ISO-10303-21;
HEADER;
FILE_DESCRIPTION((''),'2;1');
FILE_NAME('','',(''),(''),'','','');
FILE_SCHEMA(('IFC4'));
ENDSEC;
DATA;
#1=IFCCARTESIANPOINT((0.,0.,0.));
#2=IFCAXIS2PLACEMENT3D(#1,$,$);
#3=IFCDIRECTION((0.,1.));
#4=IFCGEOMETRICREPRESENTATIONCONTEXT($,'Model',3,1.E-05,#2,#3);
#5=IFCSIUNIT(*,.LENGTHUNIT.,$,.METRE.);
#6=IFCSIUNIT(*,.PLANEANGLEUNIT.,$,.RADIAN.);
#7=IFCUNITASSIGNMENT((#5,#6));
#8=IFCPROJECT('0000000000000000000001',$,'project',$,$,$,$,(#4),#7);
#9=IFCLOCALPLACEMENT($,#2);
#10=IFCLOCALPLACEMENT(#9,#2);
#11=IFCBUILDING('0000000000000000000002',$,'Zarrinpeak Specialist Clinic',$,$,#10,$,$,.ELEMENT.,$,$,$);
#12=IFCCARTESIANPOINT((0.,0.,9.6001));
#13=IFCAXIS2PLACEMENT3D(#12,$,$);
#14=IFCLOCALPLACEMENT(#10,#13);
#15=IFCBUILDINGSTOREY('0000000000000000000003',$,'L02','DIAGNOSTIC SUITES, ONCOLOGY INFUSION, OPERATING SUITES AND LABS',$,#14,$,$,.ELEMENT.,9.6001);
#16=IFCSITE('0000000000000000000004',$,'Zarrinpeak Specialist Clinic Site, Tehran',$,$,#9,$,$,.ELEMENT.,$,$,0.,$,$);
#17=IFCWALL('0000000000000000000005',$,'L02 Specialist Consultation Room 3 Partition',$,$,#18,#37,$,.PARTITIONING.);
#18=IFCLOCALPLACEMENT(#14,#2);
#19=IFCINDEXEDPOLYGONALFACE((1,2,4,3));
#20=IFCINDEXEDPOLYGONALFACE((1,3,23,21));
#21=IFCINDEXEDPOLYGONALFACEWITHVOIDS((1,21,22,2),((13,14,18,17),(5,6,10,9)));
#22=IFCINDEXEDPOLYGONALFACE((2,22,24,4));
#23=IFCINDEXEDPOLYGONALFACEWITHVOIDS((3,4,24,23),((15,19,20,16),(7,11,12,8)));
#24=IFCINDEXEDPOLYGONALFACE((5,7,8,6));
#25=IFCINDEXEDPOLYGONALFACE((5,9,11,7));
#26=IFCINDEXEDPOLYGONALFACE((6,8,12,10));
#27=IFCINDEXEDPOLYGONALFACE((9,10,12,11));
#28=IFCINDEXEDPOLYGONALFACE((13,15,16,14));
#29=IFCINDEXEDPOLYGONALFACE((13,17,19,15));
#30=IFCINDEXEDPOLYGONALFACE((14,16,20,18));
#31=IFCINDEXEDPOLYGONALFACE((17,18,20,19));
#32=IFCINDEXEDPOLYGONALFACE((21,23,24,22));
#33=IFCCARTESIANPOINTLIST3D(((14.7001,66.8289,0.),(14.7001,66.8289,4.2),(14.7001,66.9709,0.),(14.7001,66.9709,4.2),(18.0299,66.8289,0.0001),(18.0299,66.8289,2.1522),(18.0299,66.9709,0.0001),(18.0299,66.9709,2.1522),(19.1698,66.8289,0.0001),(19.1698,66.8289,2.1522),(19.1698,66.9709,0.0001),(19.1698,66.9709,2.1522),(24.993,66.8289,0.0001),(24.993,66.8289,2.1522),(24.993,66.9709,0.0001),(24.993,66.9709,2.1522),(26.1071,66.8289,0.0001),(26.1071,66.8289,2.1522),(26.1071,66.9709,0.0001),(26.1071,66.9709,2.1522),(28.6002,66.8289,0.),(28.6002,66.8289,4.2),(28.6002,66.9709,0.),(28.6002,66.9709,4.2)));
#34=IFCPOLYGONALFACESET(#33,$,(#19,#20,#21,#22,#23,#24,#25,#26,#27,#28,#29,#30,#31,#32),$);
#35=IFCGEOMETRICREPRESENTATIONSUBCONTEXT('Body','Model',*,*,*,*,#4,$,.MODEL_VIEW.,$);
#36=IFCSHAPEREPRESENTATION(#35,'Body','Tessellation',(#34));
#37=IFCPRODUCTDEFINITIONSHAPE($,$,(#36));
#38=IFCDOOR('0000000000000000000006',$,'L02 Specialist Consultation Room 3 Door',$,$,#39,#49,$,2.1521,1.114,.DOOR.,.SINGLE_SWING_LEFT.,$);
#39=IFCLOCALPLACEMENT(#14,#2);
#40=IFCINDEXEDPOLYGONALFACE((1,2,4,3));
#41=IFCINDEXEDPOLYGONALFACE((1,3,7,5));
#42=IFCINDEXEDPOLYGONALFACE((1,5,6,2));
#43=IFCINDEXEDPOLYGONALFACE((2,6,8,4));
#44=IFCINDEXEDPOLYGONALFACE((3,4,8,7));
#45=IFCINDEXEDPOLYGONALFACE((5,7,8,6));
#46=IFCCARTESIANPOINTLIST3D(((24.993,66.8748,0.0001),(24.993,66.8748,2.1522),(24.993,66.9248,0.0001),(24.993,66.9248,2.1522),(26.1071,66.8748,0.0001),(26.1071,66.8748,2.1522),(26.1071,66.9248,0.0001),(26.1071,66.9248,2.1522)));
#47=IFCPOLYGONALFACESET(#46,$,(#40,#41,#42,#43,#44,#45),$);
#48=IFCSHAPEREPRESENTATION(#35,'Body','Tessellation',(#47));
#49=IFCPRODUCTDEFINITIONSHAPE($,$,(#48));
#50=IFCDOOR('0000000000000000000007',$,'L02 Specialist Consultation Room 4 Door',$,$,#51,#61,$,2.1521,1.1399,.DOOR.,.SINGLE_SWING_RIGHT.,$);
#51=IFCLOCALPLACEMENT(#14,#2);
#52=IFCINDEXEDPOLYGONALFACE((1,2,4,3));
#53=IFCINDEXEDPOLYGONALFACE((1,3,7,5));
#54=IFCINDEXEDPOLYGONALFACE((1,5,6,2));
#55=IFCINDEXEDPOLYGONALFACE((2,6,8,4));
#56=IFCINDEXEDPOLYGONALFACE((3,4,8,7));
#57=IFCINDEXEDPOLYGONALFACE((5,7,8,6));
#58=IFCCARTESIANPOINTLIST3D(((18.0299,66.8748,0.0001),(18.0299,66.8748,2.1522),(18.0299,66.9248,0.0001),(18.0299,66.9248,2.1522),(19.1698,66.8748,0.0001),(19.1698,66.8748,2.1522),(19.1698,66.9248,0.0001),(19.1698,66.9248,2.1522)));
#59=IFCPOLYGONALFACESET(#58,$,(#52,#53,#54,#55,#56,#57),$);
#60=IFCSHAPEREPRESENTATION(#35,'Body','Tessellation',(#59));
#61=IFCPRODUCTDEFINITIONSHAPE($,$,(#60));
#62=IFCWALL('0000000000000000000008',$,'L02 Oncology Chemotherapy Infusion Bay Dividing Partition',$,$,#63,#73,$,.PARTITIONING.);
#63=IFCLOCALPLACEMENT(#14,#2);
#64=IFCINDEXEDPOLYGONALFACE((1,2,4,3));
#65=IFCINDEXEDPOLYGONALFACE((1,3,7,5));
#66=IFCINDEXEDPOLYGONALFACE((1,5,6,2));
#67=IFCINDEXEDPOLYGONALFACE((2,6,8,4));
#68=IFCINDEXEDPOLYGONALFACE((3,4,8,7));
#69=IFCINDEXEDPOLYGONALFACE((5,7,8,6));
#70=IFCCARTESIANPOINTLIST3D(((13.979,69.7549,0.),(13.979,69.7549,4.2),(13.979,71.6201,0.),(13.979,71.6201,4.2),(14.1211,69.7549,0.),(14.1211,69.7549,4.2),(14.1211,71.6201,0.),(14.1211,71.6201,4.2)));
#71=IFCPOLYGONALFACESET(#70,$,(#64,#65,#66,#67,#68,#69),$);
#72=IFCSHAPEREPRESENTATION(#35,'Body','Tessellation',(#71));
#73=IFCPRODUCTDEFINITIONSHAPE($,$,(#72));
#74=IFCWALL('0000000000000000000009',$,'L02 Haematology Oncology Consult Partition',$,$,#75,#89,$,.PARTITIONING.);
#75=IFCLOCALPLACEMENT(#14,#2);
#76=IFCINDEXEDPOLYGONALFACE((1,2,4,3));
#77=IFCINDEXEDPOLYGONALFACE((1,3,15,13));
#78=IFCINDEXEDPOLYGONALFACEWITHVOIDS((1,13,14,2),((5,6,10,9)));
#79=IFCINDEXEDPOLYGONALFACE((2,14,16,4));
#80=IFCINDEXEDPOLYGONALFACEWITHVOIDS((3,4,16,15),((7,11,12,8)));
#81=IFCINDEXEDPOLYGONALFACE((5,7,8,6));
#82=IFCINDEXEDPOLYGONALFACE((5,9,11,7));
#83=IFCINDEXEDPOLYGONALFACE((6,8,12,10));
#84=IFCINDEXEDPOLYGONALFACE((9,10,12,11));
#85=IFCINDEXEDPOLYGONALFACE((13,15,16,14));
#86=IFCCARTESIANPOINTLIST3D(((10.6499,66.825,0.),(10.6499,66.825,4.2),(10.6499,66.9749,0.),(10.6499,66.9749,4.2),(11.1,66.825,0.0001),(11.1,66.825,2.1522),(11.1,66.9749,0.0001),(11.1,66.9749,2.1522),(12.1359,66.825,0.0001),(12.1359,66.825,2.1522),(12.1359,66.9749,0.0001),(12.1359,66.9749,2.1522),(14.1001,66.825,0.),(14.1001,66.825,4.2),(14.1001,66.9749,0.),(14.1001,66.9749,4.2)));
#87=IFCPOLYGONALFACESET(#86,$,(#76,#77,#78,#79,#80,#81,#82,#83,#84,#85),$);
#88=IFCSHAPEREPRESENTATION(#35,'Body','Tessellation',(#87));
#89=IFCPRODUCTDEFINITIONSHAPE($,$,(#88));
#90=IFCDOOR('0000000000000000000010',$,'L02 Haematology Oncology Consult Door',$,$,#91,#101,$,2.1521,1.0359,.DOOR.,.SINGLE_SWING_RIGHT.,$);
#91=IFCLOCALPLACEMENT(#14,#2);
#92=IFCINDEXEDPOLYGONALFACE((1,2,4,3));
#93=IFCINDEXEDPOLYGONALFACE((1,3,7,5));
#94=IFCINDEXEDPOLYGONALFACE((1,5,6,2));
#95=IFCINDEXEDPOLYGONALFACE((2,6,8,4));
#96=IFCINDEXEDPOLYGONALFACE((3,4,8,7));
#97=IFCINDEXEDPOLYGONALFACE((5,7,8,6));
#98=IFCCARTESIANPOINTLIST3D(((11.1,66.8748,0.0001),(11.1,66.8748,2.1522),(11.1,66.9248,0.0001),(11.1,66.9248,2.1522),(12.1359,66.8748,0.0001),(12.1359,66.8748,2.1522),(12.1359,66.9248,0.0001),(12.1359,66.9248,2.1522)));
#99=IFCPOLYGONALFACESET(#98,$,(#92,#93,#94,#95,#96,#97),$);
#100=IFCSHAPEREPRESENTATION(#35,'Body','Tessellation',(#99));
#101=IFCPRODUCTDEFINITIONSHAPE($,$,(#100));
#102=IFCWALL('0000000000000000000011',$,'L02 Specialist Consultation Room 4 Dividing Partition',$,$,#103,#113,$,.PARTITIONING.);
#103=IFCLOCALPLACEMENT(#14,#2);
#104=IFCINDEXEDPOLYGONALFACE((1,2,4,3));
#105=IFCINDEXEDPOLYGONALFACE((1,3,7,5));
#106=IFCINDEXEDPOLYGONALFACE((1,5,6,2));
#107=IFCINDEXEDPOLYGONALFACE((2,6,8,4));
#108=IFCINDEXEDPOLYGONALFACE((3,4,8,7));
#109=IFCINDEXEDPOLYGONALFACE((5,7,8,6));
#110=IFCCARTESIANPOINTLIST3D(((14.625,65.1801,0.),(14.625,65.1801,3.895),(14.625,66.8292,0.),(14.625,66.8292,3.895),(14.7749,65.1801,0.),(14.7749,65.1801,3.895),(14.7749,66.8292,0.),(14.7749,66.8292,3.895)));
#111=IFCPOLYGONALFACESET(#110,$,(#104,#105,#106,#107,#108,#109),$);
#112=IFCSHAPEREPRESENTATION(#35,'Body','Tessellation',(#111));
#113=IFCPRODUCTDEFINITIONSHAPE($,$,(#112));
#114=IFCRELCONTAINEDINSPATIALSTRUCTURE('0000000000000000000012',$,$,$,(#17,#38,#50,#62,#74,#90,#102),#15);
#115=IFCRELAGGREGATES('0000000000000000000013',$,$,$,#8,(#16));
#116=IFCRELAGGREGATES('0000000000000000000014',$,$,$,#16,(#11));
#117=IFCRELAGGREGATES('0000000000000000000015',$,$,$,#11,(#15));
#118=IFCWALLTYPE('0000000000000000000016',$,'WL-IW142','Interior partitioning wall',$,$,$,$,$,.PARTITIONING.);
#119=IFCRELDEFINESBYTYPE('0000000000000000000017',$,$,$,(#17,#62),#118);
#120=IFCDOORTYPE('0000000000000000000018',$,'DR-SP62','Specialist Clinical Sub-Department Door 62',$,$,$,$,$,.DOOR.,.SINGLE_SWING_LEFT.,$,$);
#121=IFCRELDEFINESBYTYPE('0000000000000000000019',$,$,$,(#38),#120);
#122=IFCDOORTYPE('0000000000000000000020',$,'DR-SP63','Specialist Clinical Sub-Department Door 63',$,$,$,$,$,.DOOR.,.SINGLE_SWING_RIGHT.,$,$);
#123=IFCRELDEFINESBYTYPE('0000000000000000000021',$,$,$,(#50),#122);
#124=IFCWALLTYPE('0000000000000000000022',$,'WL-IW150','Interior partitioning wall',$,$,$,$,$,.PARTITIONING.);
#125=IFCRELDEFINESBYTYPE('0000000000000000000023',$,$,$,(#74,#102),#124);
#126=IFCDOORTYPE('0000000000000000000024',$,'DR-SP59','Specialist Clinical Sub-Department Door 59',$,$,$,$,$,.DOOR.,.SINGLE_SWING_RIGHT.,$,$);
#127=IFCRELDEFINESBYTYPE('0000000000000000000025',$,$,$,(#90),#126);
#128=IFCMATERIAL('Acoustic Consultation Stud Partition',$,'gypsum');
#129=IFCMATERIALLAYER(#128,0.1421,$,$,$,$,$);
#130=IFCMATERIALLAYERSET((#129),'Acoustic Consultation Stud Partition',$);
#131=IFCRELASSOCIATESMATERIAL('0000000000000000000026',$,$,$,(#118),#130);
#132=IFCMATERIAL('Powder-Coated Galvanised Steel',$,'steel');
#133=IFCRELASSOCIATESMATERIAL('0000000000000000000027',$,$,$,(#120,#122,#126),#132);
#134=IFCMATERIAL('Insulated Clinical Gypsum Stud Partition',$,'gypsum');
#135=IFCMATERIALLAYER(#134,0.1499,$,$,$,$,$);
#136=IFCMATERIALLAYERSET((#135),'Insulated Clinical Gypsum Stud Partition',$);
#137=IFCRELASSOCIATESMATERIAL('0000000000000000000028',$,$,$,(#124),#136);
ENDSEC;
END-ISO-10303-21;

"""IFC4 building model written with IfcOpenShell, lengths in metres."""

from ifc_helpers import new_model, si_unit, direction, frame, frame_2d, origin, place, context, subcontext, project, spatial, rectangle, extrude, material, layer, layer_set, type_object, element, fill, save


model = new_model("IFC4")

# Units and contexts
model_context = context("Model", 3, precision=1e-05, world=origin(), true_north=direction((0.0, 1.0)))
body_context = subcontext(model_context, "Body", "Model", "MODEL_VIEW")
ifc_project = project(units=[si_unit("LENGTHUNIT", "METRE"), si_unit("PLANEANGLEUNIT", "RADIAN")], contexts=[model_context])

# Site, building, storey
site_placement = place(None, origin())
site = spatial("IfcSite", under=ifc_project, at=site_placement, Name="Zarrinpeak Specialist Clinic Site, Tehran", CompositionType="ELEMENT", RefElevation=0.0)
building_placement = place(site_placement, origin())
building = spatial("IfcBuilding", under=site, at=building_placement, Name="Zarrinpeak Specialist Clinic", CompositionType="ELEMENT")
storey_placement = place(building_placement, frame((0.0, 0.0, 9.6001)))
storey = spatial("IfcBuildingStorey", under=building, at=storey_placement, Name="L02", Description="DIAGNOSTIC SUITES, ONCOLOGY INFUSION, OPERATING SUITES AND LABS", CompositionType="ELEMENT", Elevation=9.6001)

# Wall, openings, doors
ifc_material_1 = material(Name="Acoustic Consultation Stud Partition", Category="gypsum")
ifc_layer_1 = layer(ifc_material_1, 0.1421)
ifc_layer_set_1 = layer_set([ifc_layer_1], Name="Acoustic Consultation Stud Partition")
wall_type_1 = type_object("IfcWallType", Name="WL-IW142", Description="Interior partitioning wall", PredefinedType="PARTITIONING", material=ifc_layer_set_1)
wall_1_placement = place(storey_placement, frame((14.7, 66.8999, 0.0), z_axis=(0.0, 0.0, 1.0), x_axis=(1.0, 0.0, 0.0)))
wall_1 = element("IfcWall", 1, at=wall_1_placement, inside=storey, type_object=wall_type_1, Name="L02 Specialist Consultation Room 3 Partition", PredefinedType="PARTITIONING", context=body_context, shape_type="SweptSolid", body=[
    extrude(rectangle(XDim=13.9001, YDim=0.1421, at=frame_2d((6.9502, 0.0))), origin(), (0.0, 0.0, 1.0), 4.2),
])
opening_1_placement = place(wall_1_placement, frame((10.293, 0.0, 0.0)))
opening_1 = element("IfcOpeningElement", 2, at=opening_1_placement, cuts=wall_1, PredefinedType="OPENING", context=body_context, shape_type="SweptSolid", body=[
    extrude(rectangle(XDim=1.114, YDim=2.1521, at=frame_2d((0.5571, 1.0762))), frame((0.0, 0.0811, 0.0), z_axis=(0.0, -1.0, 0.0), x_axis=(1.0, 0.0, 0.0)), (0.0, 0.0, 1.0), 0.1621),
])
opening_2_placement = place(wall_1_placement, frame((3.3301, 0.0, 0.0)))
opening_2 = element("IfcOpeningElement", 3, at=opening_2_placement, cuts=wall_1, PredefinedType="OPENING", context=body_context, shape_type="SweptSolid", body=[
    extrude(rectangle(XDim=1.1399, YDim=2.1521, at=frame_2d((0.5698, 1.0762))), frame((0.0, 0.0811, 0.0), z_axis=(0.0, -1.0, 0.0), x_axis=(1.0, 0.0, 0.0)), (0.0, 0.0, 1.0), 0.1621),
])
ifc_material_2 = material(Name="Powder-Coated Galvanised Steel", Category="steel")
door_type_1 = type_object("IfcDoorType", Name="DR-SP62", Description="Specialist Clinical Sub-Department Door 62", OperationType="SINGLE_SWING_LEFT", PredefinedType="DOOR", material=ifc_material_2)
door_1_placement = place(opening_1_placement, origin())
door_1 = element("IfcDoor", 4, at=door_1_placement, inside=storey, type_object=door_type_1, Name="L02 Specialist Consultation Room 3 Door", OperationType="SINGLE_SWING_LEFT", OverallHeight=2.1521, OverallWidth=1.114, PredefinedType="DOOR", context=body_context, shape_type="SweptSolid", body=[
    extrude(rectangle(XDim=1.114, YDim=2.1521, at=frame_2d((0.5571, 1.0762))), frame((0.0, 0.0249, 0.0), z_axis=(0.0, -1.0, 0.0), x_axis=(1.0, 0.0, 0.0)), (0.0, 0.0, 1.0), 0.05),
])
fill(opening_1, door_1)
door_type_2 = type_object("IfcDoorType", Name="DR-SP63", Description="Specialist Clinical Sub-Department Door 63", OperationType="SINGLE_SWING_RIGHT", PredefinedType="DOOR", material=ifc_material_2)
door_2_placement = place(opening_2_placement, origin())
door_2 = element("IfcDoor", 5, at=door_2_placement, inside=storey, type_object=door_type_2, Name="L02 Specialist Consultation Room 4 Door", OperationType="SINGLE_SWING_RIGHT", OverallHeight=2.1521, OverallWidth=1.1399, PredefinedType="DOOR", context=body_context, shape_type="SweptSolid", body=[
    extrude(rectangle(XDim=1.1399, YDim=2.1521, at=frame_2d((0.5698, 1.0762))), frame((0.0, 0.0249, 0.0), z_axis=(0.0, -1.0, 0.0), x_axis=(1.0, 0.0, 0.0)), (0.0, 0.0, 1.0), 0.05),
])
fill(opening_2, door_2)

# Wall
wall_2_placement = place(storey_placement, frame((14.05, 69.7549, 0.0), z_axis=(0.0, 0.0, 1.0), x_axis=(0.0, 1.0, 0.0)))
element("IfcWall", 6, at=wall_2_placement, inside=storey, type_object=wall_type_1, Name="L02 Oncology Chemotherapy Infusion Bay Dividing Partition", PredefinedType="PARTITIONING", context=body_context, shape_type="SweptSolid", body=[
    extrude(rectangle(XDim=1.8652, YDim=0.1421, at=frame_2d((0.9326, 0.0))), origin(), (0.0, 0.0, 1.0), 4.2),
])

# Wall, opening, door
ifc_material_3 = material(Name="Insulated Clinical Gypsum Stud Partition", Category="gypsum")
ifc_layer_2 = layer(ifc_material_3, 0.1499)
ifc_layer_set_2 = layer_set([ifc_layer_2], Name="Insulated Clinical Gypsum Stud Partition")
wall_type_2 = type_object("IfcWallType", Name="WL-IW150", Description="Interior partitioning wall", PredefinedType="PARTITIONING", material=ifc_layer_set_2)
wall_3_placement = place(storey_placement, frame((10.6499, 66.8999, 0.0), z_axis=(0.0, 0.0, 1.0), x_axis=(1.0, 0.0, 0.0)))
wall_3 = element("IfcWall", 7, at=wall_3_placement, inside=storey, type_object=wall_type_2, Name="L02 Haematology Oncology Consult Partition", PredefinedType="PARTITIONING", context=body_context, shape_type="SweptSolid", body=[
    extrude(rectangle(XDim=3.4502, YDim=0.1499, at=frame_2d((1.7251, 0.0))), origin(), (0.0, 0.0, 1.0), 4.2),
])
opening_3_placement = place(wall_3_placement, frame((0.45, 0.0, 0.0)))
opening_3 = element("IfcOpeningElement", 8, at=opening_3_placement, cuts=wall_3, PredefinedType="OPENING", context=body_context, shape_type="SweptSolid", body=[
    extrude(rectangle(XDim=1.0359, YDim=2.1521, at=frame_2d((0.5181, 1.0762))), frame((0.0, 0.085, 0.0), z_axis=(0.0, -1.0, 0.0), x_axis=(1.0, 0.0, 0.0)), (0.0, 0.0, 1.0), 0.1699),
])
door_type_3 = type_object("IfcDoorType", Name="DR-SP59", Description="Specialist Clinical Sub-Department Door 59", OperationType="SINGLE_SWING_RIGHT", PredefinedType="DOOR", material=ifc_material_2)
door_3_placement = place(opening_3_placement, origin())
door_3 = element("IfcDoor", 9, at=door_3_placement, inside=storey, type_object=door_type_3, Name="L02 Haematology Oncology Consult Door", OperationType="SINGLE_SWING_RIGHT", OverallHeight=2.1521, OverallWidth=1.0359, PredefinedType="DOOR", context=body_context, shape_type="SweptSolid", body=[
    extrude(rectangle(XDim=1.0359, YDim=2.1521, at=frame_2d((0.5181, 1.0762))), frame((0.0, 0.0249, 0.0), z_axis=(0.0, -1.0, 0.0), x_axis=(1.0, 0.0, 0.0)), (0.0, 0.0, 1.0), 0.05),
])
fill(opening_3, door_3)

# Wall
wall_4_placement = place(storey_placement, frame((14.7, 65.1799, 0.0), z_axis=(0.0, 0.0, 1.0), x_axis=(0.0, 1.0, 0.0)))
element("IfcWall", 10, at=wall_4_placement, inside=storey, type_object=wall_type_2, Name="L02 Specialist Consultation Room 4 Dividing Partition", PredefinedType="PARTITIONING", context=body_context, shape_type="SweptSolid", body=[
    extrude(rectangle(XDim=1.6492, YDim=0.1499, at=frame_2d((0.8247, 0.0))), origin(), (0.0, 0.0, 1.0), 3.895),
])

save(model, "model.ifc")
